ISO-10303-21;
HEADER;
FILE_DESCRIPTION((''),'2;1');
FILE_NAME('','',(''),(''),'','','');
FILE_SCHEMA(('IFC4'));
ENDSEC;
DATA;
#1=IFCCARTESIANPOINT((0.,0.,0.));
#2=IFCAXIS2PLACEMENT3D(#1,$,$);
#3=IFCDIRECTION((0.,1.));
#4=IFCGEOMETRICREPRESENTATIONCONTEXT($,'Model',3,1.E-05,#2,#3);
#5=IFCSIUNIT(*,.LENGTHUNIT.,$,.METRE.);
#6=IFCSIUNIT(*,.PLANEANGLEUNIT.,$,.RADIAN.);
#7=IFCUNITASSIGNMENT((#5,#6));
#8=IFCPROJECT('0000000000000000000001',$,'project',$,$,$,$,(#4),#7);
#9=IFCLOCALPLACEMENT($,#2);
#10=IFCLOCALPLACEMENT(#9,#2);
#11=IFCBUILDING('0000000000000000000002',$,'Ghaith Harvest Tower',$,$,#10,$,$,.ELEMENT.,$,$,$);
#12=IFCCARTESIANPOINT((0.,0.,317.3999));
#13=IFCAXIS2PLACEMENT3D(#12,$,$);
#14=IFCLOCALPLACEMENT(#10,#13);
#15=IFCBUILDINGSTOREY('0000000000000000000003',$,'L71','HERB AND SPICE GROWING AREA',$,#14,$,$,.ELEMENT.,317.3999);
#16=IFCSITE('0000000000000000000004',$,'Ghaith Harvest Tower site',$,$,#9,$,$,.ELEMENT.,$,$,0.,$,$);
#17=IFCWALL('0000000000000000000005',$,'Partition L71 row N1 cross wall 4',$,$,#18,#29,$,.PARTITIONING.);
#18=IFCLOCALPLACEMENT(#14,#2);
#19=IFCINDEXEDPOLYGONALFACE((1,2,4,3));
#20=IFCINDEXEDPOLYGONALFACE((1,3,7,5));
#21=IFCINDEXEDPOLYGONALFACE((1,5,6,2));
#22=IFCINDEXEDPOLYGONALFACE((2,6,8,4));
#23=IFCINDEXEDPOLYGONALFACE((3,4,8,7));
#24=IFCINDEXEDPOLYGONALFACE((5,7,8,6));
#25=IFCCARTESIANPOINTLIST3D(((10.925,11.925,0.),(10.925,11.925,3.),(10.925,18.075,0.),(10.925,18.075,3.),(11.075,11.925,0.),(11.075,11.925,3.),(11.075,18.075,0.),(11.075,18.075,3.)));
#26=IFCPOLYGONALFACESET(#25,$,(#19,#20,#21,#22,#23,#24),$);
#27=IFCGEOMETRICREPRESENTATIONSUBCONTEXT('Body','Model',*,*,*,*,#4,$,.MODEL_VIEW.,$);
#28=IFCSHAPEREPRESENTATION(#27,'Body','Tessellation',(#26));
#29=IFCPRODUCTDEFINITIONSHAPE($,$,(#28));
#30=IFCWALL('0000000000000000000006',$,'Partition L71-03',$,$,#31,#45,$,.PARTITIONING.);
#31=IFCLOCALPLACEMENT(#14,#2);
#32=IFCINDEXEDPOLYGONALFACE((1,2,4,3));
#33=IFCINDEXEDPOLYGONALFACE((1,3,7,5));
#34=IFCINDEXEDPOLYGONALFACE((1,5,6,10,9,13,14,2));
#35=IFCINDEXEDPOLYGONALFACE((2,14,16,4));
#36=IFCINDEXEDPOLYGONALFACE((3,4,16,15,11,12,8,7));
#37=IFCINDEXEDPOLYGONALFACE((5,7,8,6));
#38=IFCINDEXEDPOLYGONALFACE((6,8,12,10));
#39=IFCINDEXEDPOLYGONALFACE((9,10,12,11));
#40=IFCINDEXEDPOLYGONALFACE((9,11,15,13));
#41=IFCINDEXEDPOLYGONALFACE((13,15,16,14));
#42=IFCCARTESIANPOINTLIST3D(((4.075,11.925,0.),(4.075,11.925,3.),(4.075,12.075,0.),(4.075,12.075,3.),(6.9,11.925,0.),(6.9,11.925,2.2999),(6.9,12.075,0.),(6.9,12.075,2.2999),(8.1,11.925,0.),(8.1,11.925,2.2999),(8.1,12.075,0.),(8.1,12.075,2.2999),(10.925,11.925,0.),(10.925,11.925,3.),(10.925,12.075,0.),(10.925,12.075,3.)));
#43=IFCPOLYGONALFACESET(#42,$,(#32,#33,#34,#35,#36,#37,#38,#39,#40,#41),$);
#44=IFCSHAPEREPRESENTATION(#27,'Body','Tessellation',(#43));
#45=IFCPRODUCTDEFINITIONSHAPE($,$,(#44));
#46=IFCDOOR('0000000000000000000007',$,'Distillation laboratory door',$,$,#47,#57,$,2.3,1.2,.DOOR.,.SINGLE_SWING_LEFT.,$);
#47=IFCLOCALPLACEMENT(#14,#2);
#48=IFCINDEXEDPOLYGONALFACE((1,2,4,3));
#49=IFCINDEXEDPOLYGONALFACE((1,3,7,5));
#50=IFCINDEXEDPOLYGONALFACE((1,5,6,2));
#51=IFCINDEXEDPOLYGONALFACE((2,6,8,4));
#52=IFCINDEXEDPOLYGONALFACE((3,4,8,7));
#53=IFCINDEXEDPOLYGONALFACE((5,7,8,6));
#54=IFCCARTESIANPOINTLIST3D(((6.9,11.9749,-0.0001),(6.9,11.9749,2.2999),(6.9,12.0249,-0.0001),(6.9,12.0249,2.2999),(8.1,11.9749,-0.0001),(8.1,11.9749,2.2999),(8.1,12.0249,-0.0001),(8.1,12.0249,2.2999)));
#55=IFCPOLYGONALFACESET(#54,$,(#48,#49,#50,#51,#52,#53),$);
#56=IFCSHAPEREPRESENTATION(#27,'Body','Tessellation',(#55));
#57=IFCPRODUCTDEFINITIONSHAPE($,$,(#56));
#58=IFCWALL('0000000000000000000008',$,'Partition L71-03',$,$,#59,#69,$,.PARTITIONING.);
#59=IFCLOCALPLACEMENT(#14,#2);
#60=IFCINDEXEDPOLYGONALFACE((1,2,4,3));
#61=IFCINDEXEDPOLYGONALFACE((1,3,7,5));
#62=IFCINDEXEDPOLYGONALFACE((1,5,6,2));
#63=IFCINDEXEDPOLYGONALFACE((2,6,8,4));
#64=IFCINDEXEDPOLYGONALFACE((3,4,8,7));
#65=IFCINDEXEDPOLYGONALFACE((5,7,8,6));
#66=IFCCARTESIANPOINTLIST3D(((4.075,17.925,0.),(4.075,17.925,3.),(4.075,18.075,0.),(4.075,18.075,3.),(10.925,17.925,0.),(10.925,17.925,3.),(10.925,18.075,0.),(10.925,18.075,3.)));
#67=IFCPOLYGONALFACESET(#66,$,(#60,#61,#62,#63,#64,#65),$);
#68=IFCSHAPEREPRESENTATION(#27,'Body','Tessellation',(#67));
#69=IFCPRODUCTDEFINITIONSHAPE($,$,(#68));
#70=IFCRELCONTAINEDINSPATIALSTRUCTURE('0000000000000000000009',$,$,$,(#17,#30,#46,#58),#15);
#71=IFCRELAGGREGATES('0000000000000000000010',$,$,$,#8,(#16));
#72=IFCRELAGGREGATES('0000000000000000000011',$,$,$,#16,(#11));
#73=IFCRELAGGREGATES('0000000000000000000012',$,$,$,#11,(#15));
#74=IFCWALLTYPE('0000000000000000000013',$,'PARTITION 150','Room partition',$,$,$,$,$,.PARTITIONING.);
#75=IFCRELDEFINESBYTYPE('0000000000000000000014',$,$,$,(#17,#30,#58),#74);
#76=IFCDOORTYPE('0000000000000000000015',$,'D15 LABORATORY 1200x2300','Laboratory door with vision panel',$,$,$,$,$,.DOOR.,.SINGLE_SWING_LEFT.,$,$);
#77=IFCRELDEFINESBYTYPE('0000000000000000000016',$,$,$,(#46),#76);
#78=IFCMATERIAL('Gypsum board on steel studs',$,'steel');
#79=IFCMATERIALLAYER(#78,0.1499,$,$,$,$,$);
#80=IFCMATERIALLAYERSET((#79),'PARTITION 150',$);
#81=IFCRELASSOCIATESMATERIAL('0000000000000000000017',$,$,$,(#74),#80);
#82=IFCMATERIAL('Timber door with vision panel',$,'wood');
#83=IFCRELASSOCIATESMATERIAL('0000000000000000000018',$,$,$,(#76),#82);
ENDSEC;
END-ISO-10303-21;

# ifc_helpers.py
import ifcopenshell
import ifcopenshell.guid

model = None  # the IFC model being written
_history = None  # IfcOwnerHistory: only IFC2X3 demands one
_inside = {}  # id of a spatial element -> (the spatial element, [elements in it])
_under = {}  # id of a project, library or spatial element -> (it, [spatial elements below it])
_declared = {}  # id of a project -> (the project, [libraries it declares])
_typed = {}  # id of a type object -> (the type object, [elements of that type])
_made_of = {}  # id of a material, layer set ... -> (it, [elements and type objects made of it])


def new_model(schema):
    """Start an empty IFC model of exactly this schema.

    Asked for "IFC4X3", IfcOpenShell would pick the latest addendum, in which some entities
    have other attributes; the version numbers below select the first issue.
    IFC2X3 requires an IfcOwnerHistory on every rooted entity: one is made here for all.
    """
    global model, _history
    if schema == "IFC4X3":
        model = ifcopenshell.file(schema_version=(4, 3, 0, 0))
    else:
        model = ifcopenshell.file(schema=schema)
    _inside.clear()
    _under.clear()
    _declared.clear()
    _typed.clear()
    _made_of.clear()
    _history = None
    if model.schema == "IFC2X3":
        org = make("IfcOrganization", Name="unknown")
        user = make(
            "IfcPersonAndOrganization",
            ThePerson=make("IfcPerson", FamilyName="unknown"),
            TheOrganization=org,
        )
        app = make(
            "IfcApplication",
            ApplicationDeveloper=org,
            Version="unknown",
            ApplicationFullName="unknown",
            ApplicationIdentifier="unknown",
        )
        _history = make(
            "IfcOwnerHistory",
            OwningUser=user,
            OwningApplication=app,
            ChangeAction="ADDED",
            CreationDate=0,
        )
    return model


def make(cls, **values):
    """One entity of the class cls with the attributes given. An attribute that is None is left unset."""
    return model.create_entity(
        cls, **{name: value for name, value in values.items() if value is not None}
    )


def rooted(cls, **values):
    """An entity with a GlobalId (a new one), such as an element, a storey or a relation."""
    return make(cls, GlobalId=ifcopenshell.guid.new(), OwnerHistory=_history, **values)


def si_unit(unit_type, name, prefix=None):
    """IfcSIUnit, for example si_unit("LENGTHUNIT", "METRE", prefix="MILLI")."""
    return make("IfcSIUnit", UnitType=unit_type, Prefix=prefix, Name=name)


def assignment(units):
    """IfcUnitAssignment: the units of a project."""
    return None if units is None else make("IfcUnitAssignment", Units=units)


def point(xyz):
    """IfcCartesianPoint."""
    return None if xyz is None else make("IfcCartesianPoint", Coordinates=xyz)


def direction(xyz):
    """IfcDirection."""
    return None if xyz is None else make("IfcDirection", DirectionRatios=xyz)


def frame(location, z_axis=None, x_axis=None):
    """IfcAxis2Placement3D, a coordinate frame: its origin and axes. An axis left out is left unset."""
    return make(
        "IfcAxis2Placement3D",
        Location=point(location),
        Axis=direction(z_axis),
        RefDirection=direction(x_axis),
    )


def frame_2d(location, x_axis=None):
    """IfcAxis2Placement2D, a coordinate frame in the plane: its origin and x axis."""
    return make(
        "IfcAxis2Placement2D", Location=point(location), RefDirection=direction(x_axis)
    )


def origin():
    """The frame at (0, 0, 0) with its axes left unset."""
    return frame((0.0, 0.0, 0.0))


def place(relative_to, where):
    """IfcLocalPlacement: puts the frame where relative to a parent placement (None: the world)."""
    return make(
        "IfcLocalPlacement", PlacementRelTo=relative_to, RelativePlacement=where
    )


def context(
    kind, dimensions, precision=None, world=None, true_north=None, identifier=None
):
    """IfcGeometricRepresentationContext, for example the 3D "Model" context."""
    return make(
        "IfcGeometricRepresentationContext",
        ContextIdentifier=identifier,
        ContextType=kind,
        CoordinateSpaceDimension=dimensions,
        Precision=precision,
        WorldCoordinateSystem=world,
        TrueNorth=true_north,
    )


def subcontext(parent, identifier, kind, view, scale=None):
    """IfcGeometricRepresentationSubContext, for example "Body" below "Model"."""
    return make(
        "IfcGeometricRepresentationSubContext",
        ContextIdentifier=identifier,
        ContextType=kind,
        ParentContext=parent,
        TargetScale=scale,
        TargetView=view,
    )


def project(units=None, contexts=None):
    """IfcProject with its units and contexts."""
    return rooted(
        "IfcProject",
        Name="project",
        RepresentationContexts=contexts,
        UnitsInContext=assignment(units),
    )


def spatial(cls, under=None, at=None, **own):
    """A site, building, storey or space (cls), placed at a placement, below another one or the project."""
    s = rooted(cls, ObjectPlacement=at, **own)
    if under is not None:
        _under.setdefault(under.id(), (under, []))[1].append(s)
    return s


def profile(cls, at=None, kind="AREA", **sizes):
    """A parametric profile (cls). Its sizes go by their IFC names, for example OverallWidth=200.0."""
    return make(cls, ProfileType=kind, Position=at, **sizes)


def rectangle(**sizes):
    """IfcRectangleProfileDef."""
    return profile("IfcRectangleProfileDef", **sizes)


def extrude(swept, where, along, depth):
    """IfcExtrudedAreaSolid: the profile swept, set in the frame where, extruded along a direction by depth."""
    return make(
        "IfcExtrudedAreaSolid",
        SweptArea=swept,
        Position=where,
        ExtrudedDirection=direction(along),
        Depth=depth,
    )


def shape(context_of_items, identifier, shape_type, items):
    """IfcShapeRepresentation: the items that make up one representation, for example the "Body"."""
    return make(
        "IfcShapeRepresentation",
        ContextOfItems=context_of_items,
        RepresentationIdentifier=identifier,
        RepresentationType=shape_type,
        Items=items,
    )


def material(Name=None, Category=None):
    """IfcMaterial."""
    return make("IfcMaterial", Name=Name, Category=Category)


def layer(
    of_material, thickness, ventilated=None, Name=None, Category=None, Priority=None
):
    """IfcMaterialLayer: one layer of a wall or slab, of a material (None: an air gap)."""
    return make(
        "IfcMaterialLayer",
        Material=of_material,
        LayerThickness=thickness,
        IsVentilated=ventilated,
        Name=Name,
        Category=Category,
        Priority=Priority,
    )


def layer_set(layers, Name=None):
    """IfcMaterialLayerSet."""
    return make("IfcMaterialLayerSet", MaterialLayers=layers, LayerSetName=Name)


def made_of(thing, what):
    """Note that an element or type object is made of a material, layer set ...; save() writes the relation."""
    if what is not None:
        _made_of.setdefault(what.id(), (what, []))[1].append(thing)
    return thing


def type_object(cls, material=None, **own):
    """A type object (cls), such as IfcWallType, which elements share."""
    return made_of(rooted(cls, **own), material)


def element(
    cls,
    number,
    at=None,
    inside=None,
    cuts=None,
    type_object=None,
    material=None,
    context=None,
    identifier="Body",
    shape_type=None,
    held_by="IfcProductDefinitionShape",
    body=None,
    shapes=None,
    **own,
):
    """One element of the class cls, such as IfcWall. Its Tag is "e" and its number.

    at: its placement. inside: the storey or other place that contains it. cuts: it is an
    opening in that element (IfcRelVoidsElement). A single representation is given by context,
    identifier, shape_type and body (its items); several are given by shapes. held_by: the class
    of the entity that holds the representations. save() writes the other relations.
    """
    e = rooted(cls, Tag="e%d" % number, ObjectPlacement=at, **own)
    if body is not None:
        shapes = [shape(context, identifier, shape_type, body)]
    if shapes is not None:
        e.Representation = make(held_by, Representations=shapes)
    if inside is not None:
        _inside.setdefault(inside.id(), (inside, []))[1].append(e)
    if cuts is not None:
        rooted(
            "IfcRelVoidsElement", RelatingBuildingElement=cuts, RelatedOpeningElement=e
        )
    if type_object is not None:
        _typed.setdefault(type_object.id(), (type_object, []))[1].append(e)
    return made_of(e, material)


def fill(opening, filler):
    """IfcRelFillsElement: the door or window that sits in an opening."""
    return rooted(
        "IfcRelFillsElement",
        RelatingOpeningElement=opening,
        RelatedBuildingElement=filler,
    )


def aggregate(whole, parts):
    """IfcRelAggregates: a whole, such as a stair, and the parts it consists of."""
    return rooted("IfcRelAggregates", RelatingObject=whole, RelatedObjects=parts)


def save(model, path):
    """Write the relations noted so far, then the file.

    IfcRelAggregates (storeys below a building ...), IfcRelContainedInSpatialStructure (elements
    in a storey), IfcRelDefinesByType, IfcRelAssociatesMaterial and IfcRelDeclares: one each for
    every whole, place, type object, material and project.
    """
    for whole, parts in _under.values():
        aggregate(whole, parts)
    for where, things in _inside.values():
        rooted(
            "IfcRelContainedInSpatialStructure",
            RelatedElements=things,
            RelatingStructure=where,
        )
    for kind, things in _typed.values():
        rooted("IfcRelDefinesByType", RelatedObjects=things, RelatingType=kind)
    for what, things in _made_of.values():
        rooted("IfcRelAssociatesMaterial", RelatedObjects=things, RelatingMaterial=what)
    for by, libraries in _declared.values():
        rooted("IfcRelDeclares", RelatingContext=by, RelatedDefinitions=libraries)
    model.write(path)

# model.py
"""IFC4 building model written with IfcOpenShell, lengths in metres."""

from ifc_helpers import new_model, si_unit, direction, frame, frame_2d, origin, place, context, subcontext, project, spatial, rectangle, extrude, material, layer, layer_set, type_object, element, fill, save


model = new_model("IFC4")

# Units and contexts
model_context = context("Model", 3, precision=1e-05, world=origin(), true_north=direction((0.0, 1.0)))
body_context = subcontext(model_context, "Body", "Model", "MODEL_VIEW")
ifc_project = project(units=[si_unit("LENGTHUNIT", "METRE"), si_unit("PLANEANGLEUNIT", "RADIAN")], contexts=[model_context])

# Site, building, storey
site_placement = place(None, origin())
site = spatial("IfcSite", under=ifc_project, at=site_placement, Name="Ghaith Harvest Tower site", CompositionType="ELEMENT", RefElevation=0.0)
building_placement = place(site_placement, origin())
building = spatial("IfcBuilding", under=site, at=building_placement, Name="Ghaith Harvest Tower", CompositionType="ELEMENT")
storey_placement = place(building_placement, frame((0.0, 0.0, 317.3999)))
storey = spatial("IfcBuildingStorey", under=building, at=storey_placement, Name="L71", Description="HERB AND SPICE GROWING AREA", CompositionType="ELEMENT", Elevation=317.3999)

# Wall
ifc_material_1 = material(Name="Gypsum board on steel studs", Category="steel")
ifc_layer_1 = layer(ifc_material_1, 0.1499)
ifc_layer_set_1 = layer_set([ifc_layer_1], Name="PARTITION 150")
wall_type = type_object("IfcWallType", Name="PARTITION 150", Description="Room partition", PredefinedType="PARTITIONING", material=ifc_layer_set_1)
for number, where, z_axis, x_axis, name in (
    (1, (11.0, 11.925, 0.0), (0.0, 0.0, 1.0), (0.0, 1.0, 0.0), "Partition L71 row N1 cross wall 4"),
):
    element("IfcWall", number, at=place(storey_placement, frame(where, z_axis=z_axis, x_axis=x_axis)), inside=storey, type_object=wall_type, Name=name, PredefinedType="PARTITIONING", context=body_context, shape_type="SweptSolid", body=[
        extrude(rectangle(XDim=6.1499, YDim=0.1499, at=frame_2d((3.075, 0.0))), origin(), (0.0, 0.0, 1.0), 3.0),
    ])

# Wall, opening, door
wall_1_placement = place(storey_placement, frame((4.075, 12.0, 0.0), z_axis=(0.0, 0.0, 1.0), x_axis=(1.0, 0.0, 0.0)))
wall_1 = element("IfcWall", 2, at=wall_1_placement, inside=storey, type_object=wall_type, Name="Partition L71-03", PredefinedType="PARTITIONING", context=body_context, shape_type="SweptSolid", body=[
    extrude(rectangle(XDim=6.8501, YDim=0.1499, at=frame_2d((3.425, 0.0))), origin(), (0.0, 0.0, 1.0), 3.0),
])
opening_placement = place(wall_1_placement, frame((2.825, 0.0, 0.0)))
opening = element("IfcOpeningElement", 3, at=opening_placement, cuts=wall_1, PredefinedType="OPENING", context=body_context, shape_type="SweptSolid", body=[
    extrude(rectangle(XDim=1.2, YDim=2.3, at=frame_2d((0.6001, 1.1499))), frame((0.0, 0.085, 0.0), z_axis=(0.0, -1.0, 0.0), x_axis=(1.0, 0.0, 0.0)), (0.0, 0.0, 1.0), 0.1699),
])
ifc_material_2 = material(Name="Timber door with vision panel", Category="wood")
door_type = type_object("IfcDoorType", Name="D15 LABORATORY 1200x2300", Description="Laboratory door with vision panel", OperationType="SINGLE_SWING_LEFT", PredefinedType="DOOR", material=ifc_material_2)
door_placement = place(opening_placement, origin())
door = element("IfcDoor", 4, at=door_placement, inside=storey, type_object=door_type, Name="Distillation laboratory door", OperationType="SINGLE_SWING_LEFT", OverallHeight=2.3, OverallWidth=1.2, PredefinedType="DOOR", context=body_context, shape_type="SweptSolid", body=[
    extrude(rectangle(XDim=1.2, YDim=2.3, at=frame_2d((0.6001, 1.1499))), frame((0.0, 0.0249, 0.0), z_axis=(0.0, -1.0, 0.0), x_axis=(1.0, 0.0, 0.0)), (0.0, 0.0, 1.0), 0.05),
])
fill(opening, door)

# Wall
wall_2_placement = place(storey_placement, frame((4.075, 18.0, 0.0), z_axis=(0.0, 0.0, 1.0), x_axis=(1.0, 0.0, 0.0)))
element("IfcWall", 5, at=wall_2_placement, inside=storey, type_object=wall_type, Name="Partition L71-03", PredefinedType="PARTITIONING", context=body_context, shape_type="SweptSolid", body=[
    extrude(rectangle(XDim=6.8501, YDim=0.1499, at=frame_2d((3.425, 0.0))), origin(), (0.0, 0.0, 1.0), 3.0),
])

save(model, "model.ifc")
